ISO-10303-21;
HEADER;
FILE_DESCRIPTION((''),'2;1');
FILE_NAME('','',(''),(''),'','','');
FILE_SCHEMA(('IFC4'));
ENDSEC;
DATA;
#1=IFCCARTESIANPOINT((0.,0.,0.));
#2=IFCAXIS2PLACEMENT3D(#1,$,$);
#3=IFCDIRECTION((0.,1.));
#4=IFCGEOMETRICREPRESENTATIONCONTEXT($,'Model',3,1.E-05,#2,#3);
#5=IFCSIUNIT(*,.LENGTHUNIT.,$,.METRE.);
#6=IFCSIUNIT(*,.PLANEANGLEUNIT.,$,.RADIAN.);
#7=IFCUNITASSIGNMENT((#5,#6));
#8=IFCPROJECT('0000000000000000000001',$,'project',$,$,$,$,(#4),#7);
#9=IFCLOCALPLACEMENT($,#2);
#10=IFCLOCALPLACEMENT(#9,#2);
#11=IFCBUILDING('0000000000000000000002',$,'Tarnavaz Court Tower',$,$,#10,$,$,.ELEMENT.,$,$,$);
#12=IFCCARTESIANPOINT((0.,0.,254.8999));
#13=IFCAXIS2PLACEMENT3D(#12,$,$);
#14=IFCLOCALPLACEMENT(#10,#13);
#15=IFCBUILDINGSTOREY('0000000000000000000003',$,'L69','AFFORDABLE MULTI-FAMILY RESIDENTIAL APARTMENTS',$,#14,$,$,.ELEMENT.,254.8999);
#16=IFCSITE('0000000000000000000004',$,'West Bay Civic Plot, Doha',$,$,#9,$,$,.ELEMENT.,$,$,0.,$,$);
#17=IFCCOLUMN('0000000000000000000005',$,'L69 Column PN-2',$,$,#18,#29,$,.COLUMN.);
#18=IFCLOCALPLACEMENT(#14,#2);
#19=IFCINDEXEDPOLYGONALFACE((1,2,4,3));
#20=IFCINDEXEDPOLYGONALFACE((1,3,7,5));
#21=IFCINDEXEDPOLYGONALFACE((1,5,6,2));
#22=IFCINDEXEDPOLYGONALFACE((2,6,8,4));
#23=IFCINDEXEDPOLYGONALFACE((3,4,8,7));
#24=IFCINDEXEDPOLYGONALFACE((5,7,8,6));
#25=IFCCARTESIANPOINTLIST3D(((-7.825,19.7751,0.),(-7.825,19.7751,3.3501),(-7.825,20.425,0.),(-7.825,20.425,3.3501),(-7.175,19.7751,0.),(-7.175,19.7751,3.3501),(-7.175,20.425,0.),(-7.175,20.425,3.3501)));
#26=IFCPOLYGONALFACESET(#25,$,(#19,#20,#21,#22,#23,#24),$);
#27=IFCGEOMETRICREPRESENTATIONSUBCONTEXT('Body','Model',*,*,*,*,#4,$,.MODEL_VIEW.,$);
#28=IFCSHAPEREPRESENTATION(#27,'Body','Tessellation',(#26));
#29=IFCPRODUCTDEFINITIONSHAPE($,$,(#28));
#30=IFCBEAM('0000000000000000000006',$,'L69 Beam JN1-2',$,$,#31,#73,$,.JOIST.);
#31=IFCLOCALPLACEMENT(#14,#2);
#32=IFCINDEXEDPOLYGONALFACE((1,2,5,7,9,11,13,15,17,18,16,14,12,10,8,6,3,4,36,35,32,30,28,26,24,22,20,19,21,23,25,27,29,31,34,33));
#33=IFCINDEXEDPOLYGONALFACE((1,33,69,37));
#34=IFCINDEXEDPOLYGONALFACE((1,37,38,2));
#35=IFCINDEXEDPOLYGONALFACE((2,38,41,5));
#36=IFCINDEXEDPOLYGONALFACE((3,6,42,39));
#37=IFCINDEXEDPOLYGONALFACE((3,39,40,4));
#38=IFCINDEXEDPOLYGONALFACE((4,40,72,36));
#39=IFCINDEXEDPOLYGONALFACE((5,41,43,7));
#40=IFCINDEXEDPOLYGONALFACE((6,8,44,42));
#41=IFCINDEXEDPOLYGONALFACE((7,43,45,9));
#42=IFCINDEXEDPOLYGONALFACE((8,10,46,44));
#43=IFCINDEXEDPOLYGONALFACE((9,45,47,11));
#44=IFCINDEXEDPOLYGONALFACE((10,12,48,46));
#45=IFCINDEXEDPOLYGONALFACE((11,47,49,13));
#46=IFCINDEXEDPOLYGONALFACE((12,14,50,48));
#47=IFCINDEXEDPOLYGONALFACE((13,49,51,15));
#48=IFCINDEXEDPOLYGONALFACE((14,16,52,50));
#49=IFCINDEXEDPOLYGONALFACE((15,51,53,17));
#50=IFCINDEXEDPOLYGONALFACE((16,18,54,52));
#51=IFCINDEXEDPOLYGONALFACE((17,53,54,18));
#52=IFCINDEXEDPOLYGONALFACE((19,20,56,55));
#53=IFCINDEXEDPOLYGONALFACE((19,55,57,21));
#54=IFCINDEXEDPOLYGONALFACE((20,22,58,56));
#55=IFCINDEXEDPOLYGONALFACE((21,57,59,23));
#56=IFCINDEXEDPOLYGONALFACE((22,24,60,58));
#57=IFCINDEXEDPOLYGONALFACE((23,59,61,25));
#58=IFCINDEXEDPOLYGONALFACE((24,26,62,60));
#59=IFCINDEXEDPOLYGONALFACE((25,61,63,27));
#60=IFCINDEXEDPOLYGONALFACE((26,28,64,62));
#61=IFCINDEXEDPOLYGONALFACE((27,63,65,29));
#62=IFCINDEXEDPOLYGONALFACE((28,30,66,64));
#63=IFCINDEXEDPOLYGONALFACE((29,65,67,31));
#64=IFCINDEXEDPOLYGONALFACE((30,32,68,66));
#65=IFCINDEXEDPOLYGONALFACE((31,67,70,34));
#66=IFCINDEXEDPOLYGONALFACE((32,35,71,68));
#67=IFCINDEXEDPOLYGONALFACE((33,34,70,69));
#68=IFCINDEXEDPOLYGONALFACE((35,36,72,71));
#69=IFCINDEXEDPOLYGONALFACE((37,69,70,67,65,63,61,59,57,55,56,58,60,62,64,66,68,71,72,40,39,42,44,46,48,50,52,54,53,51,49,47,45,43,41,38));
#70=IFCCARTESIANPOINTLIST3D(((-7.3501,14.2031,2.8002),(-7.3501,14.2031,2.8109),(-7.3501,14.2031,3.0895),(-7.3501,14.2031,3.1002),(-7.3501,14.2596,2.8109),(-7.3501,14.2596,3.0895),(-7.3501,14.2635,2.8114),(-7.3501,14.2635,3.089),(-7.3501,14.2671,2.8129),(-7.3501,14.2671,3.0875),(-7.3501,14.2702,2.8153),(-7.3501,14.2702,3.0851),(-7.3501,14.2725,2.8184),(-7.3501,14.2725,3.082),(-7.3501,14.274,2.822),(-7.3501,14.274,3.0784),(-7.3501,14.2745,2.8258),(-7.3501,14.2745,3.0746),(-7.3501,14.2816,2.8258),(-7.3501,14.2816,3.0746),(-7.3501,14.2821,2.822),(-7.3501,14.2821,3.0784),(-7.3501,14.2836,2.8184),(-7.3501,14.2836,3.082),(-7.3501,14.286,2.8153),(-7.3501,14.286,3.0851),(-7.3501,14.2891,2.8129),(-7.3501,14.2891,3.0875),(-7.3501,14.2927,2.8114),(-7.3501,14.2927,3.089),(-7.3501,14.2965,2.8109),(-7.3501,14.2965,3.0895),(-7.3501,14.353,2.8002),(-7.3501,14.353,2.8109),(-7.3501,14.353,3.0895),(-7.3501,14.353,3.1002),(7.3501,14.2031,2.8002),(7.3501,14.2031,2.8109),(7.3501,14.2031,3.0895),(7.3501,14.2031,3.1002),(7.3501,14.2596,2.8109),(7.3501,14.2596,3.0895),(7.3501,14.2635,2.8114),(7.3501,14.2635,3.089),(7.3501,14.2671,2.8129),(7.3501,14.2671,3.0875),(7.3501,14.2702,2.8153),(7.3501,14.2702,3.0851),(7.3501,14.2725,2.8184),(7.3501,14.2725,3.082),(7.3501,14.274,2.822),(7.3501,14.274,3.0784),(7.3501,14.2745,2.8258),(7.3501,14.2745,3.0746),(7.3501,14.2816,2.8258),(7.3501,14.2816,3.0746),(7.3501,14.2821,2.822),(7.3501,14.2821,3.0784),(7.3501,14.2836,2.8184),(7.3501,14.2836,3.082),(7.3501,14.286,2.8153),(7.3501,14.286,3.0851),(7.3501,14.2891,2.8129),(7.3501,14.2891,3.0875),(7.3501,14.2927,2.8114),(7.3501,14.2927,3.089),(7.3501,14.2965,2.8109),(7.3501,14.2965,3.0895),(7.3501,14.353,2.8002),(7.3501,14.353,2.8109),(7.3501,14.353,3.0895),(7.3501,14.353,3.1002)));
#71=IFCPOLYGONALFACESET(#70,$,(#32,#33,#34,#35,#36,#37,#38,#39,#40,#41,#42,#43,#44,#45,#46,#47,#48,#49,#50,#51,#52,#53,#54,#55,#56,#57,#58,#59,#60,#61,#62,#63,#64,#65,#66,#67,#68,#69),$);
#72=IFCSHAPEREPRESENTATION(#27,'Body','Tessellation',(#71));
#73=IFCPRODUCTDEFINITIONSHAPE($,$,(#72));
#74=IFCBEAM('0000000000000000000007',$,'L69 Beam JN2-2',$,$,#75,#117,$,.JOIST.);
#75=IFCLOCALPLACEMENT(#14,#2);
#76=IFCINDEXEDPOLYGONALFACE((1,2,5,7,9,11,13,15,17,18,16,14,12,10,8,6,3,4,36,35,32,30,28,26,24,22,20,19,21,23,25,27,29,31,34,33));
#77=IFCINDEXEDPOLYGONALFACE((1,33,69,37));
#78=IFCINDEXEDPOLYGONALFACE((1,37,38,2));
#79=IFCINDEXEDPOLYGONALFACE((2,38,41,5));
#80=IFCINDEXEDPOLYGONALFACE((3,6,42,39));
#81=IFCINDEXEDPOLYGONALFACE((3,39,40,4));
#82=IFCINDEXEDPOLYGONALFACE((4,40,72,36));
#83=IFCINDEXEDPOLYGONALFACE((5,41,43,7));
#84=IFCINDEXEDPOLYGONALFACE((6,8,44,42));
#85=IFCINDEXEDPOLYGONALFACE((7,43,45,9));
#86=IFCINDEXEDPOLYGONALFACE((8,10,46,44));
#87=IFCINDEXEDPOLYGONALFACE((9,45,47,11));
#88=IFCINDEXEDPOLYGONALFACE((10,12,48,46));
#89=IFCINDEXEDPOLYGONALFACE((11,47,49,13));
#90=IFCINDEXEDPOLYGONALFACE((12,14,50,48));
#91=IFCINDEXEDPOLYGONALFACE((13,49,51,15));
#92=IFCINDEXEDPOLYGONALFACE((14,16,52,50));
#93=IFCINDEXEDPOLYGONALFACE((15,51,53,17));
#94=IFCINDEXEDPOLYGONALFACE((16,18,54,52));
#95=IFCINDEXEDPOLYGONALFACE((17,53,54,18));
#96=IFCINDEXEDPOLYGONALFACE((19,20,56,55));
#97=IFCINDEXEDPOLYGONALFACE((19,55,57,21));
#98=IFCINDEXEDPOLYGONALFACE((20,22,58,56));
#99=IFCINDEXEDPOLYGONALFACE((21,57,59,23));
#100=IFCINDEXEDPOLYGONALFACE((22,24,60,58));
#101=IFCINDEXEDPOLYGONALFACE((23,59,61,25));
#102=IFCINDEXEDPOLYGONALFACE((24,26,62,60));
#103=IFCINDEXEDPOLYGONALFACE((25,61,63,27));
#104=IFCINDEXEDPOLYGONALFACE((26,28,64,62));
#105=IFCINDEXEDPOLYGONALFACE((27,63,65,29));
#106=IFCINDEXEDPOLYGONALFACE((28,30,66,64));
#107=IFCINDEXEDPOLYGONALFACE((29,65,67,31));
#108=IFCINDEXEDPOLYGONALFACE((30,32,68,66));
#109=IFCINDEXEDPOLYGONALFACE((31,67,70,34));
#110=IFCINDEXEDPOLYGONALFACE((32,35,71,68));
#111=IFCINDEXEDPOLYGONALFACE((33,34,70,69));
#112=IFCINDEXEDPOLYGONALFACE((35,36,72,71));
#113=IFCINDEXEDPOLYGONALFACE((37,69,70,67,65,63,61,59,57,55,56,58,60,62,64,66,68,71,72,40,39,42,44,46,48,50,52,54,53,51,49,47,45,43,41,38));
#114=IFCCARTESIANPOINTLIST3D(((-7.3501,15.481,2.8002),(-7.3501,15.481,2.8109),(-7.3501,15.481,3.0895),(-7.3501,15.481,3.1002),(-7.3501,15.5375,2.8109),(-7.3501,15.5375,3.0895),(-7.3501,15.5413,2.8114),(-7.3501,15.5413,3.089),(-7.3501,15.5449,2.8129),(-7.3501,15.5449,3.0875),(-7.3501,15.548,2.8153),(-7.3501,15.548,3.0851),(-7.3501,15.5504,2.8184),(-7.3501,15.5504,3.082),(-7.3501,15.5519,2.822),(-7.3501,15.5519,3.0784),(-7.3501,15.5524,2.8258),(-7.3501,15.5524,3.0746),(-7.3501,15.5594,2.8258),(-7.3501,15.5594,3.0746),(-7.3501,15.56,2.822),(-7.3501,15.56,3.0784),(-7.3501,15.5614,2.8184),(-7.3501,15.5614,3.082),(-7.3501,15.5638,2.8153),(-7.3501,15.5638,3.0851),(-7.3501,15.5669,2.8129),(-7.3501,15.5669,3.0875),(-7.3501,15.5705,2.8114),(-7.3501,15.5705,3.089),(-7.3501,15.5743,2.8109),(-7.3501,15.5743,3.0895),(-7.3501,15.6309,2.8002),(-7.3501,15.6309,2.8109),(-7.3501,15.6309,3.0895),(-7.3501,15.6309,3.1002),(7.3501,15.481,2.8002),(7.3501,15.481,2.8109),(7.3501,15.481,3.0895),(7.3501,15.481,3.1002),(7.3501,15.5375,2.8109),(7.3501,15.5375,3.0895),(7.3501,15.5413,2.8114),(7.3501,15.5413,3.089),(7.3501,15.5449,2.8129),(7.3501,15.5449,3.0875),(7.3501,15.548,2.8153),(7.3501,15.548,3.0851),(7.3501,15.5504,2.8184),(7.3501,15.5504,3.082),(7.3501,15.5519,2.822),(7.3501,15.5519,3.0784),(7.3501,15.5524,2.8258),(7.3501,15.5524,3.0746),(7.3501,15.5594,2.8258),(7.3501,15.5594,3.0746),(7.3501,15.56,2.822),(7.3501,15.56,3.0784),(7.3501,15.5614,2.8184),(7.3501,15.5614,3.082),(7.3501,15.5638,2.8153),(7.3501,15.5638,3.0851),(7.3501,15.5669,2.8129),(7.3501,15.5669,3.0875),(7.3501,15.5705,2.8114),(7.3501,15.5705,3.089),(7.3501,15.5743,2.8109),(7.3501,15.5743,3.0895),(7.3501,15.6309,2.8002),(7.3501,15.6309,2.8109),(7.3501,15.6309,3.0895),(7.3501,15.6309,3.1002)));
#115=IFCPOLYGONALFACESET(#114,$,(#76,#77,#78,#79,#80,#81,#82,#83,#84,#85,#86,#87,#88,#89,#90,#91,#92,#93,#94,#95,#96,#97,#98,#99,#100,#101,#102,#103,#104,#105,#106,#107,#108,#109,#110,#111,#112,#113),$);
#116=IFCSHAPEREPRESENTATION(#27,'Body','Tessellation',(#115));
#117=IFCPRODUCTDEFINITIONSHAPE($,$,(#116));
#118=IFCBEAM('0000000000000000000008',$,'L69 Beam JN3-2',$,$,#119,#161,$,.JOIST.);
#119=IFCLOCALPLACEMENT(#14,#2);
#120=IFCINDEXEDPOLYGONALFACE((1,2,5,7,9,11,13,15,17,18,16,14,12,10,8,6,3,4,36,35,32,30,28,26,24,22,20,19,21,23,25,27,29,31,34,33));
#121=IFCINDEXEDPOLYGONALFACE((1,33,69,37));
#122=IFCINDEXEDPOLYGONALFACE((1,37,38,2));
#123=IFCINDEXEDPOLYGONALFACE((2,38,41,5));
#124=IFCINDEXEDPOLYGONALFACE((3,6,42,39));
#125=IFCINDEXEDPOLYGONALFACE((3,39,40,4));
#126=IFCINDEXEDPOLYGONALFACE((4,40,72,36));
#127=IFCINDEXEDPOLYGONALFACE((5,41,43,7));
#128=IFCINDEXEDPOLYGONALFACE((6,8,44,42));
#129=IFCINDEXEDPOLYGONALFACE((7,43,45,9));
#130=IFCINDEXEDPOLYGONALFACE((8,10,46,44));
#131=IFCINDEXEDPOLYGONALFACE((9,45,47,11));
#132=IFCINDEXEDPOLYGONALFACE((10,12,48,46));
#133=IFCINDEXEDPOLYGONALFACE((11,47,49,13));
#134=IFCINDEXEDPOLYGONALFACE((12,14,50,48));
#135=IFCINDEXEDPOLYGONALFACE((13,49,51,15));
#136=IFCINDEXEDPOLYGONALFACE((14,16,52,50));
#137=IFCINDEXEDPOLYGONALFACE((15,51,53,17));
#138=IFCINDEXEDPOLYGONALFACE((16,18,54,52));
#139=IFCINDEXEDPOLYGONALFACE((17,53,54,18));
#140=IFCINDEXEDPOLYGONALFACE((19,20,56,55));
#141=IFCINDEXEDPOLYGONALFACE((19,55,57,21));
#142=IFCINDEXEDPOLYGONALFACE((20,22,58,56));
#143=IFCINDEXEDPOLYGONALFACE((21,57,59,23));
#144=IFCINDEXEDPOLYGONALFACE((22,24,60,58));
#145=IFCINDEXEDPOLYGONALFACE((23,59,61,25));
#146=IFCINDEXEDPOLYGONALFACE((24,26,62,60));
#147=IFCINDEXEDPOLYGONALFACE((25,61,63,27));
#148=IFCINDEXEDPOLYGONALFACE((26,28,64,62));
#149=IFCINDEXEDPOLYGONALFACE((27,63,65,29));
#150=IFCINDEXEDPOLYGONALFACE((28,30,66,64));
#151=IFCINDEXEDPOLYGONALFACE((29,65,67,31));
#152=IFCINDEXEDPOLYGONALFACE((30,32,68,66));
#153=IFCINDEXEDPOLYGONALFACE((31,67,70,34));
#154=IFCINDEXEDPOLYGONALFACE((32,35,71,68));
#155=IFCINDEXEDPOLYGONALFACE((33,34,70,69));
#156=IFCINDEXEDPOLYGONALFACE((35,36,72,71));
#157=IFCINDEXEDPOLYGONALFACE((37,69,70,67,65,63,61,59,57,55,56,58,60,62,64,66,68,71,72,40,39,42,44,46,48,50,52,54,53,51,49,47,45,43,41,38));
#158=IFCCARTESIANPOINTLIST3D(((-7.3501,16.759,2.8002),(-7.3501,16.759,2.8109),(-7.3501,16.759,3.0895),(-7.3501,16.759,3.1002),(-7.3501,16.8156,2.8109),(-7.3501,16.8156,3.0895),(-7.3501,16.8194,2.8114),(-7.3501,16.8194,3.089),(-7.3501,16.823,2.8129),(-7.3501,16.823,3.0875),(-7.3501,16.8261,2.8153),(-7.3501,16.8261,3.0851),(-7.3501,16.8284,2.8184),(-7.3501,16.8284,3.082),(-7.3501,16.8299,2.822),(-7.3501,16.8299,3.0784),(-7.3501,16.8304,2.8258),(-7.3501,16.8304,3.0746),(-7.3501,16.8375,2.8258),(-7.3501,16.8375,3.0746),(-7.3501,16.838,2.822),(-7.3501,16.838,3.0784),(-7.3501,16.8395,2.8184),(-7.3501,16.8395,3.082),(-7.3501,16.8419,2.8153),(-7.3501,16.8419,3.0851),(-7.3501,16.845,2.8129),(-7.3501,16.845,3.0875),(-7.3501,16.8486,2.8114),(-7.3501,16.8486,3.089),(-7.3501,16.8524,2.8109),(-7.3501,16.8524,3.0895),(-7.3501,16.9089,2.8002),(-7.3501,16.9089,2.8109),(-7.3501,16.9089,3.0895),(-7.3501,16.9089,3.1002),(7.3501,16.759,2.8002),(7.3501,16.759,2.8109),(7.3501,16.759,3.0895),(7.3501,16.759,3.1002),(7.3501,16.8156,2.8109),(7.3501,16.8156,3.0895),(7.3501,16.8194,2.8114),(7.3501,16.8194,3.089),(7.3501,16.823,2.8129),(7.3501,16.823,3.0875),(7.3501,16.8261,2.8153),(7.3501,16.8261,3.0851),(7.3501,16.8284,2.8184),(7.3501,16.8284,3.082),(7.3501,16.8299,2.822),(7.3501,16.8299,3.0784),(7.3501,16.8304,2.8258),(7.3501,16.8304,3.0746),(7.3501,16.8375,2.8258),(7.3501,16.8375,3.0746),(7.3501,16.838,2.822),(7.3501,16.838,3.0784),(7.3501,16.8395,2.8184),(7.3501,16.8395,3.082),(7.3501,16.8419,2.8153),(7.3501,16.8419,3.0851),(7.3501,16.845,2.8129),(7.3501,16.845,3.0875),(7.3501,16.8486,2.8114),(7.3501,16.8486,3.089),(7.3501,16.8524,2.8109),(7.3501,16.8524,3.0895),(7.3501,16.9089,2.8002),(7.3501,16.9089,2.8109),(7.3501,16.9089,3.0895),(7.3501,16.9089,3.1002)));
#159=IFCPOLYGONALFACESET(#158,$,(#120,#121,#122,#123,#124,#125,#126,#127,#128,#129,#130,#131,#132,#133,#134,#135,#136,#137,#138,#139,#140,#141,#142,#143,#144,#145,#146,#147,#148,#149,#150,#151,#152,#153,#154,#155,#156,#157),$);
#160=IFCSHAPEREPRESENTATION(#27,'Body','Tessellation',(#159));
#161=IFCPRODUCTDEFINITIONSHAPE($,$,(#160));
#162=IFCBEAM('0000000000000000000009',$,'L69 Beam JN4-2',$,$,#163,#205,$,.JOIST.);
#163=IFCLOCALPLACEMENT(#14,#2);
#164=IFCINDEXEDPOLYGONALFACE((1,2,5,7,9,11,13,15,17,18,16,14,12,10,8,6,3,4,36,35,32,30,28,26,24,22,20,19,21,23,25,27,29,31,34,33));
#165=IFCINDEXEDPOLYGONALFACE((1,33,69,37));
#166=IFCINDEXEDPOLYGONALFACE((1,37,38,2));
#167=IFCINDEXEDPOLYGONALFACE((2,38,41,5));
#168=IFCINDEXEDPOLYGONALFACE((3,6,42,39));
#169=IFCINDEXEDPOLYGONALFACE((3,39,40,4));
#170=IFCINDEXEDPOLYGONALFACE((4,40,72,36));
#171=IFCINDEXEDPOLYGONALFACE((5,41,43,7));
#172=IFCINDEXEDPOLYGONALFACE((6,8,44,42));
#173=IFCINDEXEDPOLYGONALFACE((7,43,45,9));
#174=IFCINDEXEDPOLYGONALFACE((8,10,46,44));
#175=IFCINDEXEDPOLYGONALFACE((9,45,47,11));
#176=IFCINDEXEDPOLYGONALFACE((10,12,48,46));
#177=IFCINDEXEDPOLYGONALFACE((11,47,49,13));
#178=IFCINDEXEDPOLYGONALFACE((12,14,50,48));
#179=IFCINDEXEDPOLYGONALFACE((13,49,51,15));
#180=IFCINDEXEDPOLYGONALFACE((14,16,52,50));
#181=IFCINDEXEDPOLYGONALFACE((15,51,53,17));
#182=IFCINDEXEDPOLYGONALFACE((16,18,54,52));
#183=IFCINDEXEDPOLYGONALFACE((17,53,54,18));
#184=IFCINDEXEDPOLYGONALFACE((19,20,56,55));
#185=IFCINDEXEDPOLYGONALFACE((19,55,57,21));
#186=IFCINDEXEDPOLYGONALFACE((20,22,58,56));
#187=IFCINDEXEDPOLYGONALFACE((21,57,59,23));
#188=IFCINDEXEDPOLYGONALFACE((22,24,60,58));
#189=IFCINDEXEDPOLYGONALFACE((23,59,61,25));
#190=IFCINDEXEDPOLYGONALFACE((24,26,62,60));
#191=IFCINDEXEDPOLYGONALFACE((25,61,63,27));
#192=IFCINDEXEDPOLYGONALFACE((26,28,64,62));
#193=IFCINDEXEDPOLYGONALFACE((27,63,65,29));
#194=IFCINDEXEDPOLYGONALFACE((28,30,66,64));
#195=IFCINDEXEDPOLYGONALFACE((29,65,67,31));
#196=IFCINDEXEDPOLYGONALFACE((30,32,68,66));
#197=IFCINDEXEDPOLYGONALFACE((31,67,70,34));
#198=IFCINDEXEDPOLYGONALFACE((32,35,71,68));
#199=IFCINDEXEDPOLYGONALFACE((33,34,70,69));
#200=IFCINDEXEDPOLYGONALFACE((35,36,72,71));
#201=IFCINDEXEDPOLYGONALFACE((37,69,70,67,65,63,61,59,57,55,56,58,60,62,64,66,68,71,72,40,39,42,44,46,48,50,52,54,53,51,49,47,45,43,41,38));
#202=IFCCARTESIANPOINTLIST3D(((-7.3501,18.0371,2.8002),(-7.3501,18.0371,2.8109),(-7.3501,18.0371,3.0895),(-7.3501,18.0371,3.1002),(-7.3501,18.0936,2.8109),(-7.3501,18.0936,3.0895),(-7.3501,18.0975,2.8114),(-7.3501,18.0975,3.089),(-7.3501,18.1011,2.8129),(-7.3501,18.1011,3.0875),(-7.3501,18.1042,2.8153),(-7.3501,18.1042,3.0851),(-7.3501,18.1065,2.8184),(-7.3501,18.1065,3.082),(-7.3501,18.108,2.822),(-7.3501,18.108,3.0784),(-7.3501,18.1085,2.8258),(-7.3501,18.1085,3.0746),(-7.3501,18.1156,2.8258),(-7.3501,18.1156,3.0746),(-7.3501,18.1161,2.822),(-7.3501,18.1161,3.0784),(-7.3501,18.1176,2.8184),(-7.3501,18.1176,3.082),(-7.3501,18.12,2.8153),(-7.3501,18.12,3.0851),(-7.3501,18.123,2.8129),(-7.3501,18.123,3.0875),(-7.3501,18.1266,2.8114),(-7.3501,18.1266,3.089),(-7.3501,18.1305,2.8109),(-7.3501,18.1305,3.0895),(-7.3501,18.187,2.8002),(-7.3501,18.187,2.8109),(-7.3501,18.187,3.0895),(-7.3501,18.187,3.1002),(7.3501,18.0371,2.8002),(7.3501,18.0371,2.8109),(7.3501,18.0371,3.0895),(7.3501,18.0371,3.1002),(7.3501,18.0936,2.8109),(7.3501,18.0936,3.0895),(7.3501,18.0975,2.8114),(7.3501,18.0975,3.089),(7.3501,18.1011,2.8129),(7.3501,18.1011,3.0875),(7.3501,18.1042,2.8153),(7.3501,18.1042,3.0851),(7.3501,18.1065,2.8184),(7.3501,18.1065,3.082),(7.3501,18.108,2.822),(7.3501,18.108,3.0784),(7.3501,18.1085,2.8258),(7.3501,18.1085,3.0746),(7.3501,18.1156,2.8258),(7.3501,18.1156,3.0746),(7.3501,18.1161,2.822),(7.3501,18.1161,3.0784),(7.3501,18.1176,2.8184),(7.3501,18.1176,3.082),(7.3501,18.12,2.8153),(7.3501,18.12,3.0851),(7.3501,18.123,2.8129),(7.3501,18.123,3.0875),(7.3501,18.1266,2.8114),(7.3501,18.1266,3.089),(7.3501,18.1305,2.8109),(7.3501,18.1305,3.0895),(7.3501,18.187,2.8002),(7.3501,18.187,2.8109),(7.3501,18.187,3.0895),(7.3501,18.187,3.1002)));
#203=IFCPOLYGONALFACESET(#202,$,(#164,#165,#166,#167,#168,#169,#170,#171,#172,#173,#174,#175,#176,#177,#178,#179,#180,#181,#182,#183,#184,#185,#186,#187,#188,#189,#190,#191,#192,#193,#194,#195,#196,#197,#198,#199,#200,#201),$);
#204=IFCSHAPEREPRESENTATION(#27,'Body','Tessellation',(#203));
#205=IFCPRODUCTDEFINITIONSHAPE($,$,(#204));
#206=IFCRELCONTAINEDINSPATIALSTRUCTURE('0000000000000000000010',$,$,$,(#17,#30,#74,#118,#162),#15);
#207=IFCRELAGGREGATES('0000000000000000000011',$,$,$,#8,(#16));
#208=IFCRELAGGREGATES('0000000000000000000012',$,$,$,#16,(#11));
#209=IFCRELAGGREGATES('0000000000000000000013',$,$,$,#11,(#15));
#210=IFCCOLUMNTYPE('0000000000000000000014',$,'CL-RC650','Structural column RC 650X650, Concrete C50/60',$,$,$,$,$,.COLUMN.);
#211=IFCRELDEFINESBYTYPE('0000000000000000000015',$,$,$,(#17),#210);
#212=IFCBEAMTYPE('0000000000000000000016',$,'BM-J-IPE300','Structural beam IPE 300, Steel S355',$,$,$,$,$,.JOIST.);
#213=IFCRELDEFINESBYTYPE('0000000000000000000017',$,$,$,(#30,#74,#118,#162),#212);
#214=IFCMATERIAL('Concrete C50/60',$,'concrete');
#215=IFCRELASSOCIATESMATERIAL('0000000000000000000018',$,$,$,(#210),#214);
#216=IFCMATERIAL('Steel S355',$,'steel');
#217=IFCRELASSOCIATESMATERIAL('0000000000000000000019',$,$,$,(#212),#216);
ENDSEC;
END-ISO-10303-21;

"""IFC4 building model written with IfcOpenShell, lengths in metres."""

from ifc_helpers import new_model, si_unit, direction, frame, origin, origin_2d, place, context, subcontext, project, spatial, rectangle, i_section, extrude, material, material_profile, profile_set, type_object, element, save


model = new_model("IFC4")

# Units and contexts
model_context = context("Model", 3, precision=1e-05, world=origin(), true_north=direction((0.0, 1.0)))
body_context = subcontext(model_context, "Body", "Model", "MODEL_VIEW")
ifc_project = project(units=[si_unit("LENGTHUNIT", "METRE"), si_unit("PLANEANGLEUNIT", "RADIAN")], contexts=[model_context])

# Site, building, storey
site_placement = place(None, origin())
site = spatial("IfcSite", under=ifc_project, at=site_placement, Name="West Bay Civic Plot, Doha", CompositionType="ELEMENT", RefElevation=0.0)
building_placement = place(site_placement, origin())
building = spatial("IfcBuilding", under=site, at=building_placement, Name="Tarnavaz Court Tower", CompositionType="ELEMENT")
storey_placement = place(building_placement, frame((0.0, 0.0, 254.8999)))
storey = spatial("IfcBuildingStorey", under=building, at=storey_placement, Name="L69", Description="AFFORDABLE MULTI-FAMILY RESIDENTIAL APARTMENTS", CompositionType="ELEMENT", Elevation=254.8999)

# Column
ifc_material_1 = material(Name="Concrete C50/60", Category="concrete")
ifc_material_profile_1 = material_profile(ifc_material_1, rectangle(XDim=0.6499, YDim=0.6499, at=origin_2d()), Name="RC 650X650")
ifc_profile_set_1 = profile_set([ifc_material_profile_1], Name="Concrete C50/60")
column_type = type_object("IfcColumnType", Name="CL-RC650", Description="Structural column RC 650X650, Concrete C50/60", PredefinedType="COLUMN", material=ifc_profile_set_1)
column_placement = place(storey_placement, frame((-7.5, 20.1001, 0.0), z_axis=(0.0, 0.0, 1.0), x_axis=(1.0, 0.0, 0.0)))
element("IfcColumn", 1, at=column_placement, inside=storey, type_object=column_type, Name="L69 Column PN-2", PredefinedType="COLUMN", context=body_context, shape_type="SweptSolid", body=[
    extrude(rectangle(XDim=0.6499, YDim=0.6499, at=origin_2d()), origin(), (0.0, 0.0, 1.0), 3.3501),
])

# Beams
ifc_material_2 = material(Name="Steel S355", Category="steel")
ifc_material_profile_2 = material_profile(ifc_material_2, i_section(OverallWidth=0.1499, OverallDepth=0.3, WebThickness=0.0071, FlangeThickness=0.0107, FilletRadius=0.0149, at=origin_2d()), Name="IPE 300")
ifc_profile_set_2 = profile_set([ifc_material_profile_2], Name="Steel S355")
beam_type_1 = type_object("IfcBeamType", Name="BM-J-IPE300", Description="Structural beam IPE 300, Steel S355", PredefinedType="JOIST", material=ifc_profile_set_2)
for number, where, z_axis, x_axis, name in (
    (2, (-7.3501, 14.2781, 2.9502), (1.0, 0.0, 0.0), (0.0, 1.0, 0.0), "L69 Beam JN1-2"),
    (3, (-7.3501, 15.5559, 2.9502), (1.0, 0.0, 0.0), (0.0, 1.0, 0.0), "L69 Beam JN2-2"),
    (4, (-7.3501, 16.834, 2.9502), (1.0, 0.0, 0.0), (0.0, 1.0, 0.0), "L69 Beam JN3-2"),
    (5, (-7.3501, 18.1121, 2.9502), (1.0, 0.0, 0.0), (0.0, 1.0, 0.0), "L69 Beam JN4-2"),
):
    element("IfcBeam", number, at=place(storey_placement, frame(where, z_axis=z_axis, x_axis=x_axis)), inside=storey, type_object=beam_type_1, Name=name, PredefinedType="JOIST", context=body_context, shape_type="SweptSolid", body=[
        extrude(i_section(OverallWidth=0.1499, OverallDepth=0.3, WebThickness=0.0071, FlangeThickness=0.0107, FilletRadius=0.0149, at=origin_2d()), origin(), (0.0, 0.0, 1.0), 14.7002),
    ])

save(model, "model.ifc")
